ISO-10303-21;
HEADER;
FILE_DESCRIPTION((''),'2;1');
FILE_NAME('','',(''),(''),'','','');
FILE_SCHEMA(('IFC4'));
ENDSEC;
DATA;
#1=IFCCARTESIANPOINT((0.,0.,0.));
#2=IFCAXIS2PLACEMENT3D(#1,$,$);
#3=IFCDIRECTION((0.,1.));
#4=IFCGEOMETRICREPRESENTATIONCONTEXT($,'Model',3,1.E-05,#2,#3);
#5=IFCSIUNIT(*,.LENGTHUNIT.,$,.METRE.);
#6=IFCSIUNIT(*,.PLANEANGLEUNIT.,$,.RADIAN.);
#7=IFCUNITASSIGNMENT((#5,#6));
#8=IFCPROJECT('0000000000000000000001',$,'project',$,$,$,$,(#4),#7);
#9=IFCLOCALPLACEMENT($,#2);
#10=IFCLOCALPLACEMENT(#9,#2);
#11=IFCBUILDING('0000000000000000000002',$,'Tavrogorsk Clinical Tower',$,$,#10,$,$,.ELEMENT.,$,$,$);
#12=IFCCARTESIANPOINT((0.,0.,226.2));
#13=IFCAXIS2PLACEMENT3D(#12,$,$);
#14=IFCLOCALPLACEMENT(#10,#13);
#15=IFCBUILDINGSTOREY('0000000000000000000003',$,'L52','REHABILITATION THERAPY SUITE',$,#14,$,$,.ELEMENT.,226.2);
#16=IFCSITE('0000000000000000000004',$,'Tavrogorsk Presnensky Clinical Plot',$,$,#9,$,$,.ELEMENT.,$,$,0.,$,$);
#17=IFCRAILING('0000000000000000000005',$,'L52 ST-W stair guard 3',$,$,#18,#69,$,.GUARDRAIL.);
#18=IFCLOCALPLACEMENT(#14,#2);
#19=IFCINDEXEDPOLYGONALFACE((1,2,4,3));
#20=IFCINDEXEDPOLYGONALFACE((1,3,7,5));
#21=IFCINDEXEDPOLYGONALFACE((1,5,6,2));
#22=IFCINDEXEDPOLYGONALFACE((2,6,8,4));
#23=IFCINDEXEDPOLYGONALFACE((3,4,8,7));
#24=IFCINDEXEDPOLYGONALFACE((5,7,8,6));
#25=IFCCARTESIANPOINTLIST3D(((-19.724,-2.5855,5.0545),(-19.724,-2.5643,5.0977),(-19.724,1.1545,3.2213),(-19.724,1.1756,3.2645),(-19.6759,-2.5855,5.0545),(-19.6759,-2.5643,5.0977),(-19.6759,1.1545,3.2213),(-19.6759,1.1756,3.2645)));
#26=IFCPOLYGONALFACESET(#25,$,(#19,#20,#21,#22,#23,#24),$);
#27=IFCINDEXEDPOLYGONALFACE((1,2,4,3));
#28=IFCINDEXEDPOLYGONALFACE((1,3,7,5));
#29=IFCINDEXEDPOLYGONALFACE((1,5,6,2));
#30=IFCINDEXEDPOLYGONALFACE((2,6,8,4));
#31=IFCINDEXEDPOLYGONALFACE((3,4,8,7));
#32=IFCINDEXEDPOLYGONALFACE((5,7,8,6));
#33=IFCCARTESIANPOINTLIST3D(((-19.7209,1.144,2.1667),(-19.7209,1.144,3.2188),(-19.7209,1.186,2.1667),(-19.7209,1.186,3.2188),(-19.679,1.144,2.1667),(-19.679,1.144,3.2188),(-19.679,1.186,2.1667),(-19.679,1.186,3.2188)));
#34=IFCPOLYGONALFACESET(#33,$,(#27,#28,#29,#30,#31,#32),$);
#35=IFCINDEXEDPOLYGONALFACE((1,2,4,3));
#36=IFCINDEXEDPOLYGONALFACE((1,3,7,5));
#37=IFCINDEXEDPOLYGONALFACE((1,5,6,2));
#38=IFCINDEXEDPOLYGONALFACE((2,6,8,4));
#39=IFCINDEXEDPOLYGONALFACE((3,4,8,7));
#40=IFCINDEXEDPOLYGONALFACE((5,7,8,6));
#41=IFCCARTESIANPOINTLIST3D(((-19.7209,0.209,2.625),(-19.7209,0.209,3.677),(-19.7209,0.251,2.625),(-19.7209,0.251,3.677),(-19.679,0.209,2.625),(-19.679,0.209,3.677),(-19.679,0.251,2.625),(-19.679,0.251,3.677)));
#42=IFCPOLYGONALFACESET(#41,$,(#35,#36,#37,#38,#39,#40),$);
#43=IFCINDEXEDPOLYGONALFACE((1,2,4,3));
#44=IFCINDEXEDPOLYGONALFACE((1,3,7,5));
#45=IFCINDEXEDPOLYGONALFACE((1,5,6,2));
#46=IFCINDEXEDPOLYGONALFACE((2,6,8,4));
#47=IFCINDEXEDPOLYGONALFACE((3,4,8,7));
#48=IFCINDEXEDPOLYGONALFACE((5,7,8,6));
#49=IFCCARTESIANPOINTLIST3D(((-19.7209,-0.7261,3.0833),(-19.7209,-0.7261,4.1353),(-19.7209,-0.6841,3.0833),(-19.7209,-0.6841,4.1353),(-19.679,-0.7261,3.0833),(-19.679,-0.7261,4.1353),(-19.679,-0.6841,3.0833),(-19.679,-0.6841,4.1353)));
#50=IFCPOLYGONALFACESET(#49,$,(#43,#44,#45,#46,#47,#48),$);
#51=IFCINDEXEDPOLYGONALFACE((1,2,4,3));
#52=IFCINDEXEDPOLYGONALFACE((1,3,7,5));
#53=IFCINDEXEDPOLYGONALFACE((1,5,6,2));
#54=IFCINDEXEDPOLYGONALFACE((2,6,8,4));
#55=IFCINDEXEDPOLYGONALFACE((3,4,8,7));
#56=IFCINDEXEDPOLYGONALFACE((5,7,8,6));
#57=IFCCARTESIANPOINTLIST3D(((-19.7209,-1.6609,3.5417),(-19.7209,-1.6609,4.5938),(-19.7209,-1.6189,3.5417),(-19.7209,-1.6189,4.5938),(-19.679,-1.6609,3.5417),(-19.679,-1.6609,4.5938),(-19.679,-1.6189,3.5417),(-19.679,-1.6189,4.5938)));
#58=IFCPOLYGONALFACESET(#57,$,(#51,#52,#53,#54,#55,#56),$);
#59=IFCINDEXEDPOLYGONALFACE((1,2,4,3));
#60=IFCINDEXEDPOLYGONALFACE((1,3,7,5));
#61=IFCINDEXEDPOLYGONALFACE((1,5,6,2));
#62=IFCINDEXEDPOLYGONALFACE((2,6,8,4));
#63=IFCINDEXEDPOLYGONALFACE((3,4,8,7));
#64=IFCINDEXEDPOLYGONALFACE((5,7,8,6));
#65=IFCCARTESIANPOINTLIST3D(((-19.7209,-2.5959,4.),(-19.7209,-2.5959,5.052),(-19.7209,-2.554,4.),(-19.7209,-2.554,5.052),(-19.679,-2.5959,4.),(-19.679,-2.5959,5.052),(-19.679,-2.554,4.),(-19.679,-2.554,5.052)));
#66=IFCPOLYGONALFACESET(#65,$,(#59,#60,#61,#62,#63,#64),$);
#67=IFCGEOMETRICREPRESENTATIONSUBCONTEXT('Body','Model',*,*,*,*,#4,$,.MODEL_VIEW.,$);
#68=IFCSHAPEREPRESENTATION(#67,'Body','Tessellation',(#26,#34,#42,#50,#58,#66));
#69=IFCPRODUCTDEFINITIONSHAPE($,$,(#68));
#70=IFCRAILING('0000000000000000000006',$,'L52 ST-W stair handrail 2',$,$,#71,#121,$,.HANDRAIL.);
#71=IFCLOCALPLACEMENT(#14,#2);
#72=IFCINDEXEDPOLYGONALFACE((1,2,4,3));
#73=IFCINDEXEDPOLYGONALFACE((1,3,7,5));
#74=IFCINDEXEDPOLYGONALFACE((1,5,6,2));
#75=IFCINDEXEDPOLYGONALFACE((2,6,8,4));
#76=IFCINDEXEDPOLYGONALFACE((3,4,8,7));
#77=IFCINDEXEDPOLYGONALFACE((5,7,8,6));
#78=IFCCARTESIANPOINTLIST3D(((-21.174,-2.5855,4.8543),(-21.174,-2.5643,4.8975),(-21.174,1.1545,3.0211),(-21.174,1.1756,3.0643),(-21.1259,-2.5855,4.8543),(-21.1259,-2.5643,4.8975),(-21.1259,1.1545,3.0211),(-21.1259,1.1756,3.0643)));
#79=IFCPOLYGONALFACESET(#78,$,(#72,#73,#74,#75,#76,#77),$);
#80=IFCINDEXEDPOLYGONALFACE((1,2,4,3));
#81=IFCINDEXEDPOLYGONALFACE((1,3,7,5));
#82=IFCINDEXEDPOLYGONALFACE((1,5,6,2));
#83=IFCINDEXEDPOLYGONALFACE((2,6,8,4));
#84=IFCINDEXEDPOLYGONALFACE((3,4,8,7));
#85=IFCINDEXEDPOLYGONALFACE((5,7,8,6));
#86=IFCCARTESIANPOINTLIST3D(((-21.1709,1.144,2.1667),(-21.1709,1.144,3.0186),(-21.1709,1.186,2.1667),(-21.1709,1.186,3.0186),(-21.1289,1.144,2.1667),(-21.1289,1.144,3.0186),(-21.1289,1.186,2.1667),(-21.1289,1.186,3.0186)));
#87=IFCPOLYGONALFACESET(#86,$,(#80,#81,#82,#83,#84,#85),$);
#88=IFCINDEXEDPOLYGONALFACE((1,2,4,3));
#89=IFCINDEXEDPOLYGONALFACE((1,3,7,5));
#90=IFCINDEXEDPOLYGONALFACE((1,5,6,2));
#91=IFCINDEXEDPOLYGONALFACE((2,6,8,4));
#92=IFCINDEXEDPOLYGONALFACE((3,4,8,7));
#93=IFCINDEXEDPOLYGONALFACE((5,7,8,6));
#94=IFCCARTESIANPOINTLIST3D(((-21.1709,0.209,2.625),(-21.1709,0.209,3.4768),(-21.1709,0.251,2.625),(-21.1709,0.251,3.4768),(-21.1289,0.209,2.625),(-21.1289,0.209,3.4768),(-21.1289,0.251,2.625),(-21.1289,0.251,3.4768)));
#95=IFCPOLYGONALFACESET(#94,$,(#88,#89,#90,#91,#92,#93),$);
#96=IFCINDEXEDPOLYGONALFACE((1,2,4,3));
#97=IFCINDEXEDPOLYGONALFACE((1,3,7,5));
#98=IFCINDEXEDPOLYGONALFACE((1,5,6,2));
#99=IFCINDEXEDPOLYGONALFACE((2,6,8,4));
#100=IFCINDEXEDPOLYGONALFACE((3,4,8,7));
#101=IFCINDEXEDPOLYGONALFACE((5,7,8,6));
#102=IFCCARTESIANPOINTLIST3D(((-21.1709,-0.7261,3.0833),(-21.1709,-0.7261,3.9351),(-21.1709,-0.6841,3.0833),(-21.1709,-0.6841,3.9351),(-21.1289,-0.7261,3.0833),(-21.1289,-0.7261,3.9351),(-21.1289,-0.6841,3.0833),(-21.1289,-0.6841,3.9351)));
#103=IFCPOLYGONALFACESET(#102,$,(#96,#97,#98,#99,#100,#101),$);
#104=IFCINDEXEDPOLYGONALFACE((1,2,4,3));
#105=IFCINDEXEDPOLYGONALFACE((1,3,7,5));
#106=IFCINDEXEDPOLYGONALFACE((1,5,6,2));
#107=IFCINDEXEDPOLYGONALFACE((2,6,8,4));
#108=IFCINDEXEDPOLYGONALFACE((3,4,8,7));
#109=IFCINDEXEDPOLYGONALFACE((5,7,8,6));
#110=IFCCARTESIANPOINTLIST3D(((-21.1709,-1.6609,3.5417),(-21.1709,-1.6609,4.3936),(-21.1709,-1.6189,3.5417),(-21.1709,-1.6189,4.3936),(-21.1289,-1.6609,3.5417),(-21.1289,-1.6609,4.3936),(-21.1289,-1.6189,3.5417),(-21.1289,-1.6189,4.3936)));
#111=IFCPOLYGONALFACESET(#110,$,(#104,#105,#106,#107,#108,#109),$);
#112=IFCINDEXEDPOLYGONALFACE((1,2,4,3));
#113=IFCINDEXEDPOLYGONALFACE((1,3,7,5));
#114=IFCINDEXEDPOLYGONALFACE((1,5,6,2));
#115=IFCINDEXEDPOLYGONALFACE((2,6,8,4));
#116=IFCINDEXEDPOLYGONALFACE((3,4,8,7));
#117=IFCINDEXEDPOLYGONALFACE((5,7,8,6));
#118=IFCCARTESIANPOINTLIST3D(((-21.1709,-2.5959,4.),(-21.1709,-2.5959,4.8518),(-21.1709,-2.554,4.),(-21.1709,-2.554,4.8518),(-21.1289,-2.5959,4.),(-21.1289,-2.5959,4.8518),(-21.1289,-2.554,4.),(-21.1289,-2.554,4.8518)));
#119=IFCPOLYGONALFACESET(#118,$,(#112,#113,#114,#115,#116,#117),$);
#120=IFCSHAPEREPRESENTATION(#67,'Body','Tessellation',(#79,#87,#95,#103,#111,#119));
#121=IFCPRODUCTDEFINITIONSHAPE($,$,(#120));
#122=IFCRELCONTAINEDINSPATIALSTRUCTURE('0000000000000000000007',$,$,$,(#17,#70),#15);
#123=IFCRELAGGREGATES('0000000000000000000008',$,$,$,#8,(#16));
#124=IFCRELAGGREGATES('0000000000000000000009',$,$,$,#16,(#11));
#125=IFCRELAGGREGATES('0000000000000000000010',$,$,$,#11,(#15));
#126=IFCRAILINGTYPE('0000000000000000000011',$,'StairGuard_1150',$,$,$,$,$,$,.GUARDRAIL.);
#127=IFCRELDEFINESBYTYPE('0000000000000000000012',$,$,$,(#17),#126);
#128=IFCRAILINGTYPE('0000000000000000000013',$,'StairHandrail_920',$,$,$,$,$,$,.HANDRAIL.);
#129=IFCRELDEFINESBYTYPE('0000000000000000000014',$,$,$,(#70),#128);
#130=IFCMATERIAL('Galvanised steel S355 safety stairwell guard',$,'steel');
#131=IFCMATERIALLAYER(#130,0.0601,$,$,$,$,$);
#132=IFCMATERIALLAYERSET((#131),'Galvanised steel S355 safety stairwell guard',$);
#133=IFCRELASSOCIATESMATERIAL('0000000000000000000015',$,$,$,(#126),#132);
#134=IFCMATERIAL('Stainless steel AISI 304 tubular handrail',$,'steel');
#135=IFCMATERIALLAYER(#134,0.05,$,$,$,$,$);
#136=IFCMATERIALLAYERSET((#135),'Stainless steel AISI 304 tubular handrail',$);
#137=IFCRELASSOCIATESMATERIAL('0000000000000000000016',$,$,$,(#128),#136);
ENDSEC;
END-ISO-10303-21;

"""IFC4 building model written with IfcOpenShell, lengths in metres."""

from ifc_helpers import new_model, si_unit, direction, frame, origin, origin_2d, place, context, subcontext, project, spatial, rectangle, extrude, material, layer, layer_set, type_object, element, save


model = new_model("IFC4")

# Units and contexts
model_context = context("Model", 3, precision=1e-05, world=origin(), true_north=direction((0.0, 1.0)))
body_context = subcontext(model_context, "Body", "Model", "MODEL_VIEW")
ifc_project = project(units=[si_unit("LENGTHUNIT", "METRE"), si_unit("PLANEANGLEUNIT", "RADIAN")], contexts=[model_context])

# Site, building, storey
site_placement = place(None, origin())
site = spatial("IfcSite", under=ifc_project, at=site_placement, Name="Tavrogorsk Presnensky Clinical Plot", CompositionType="ELEMENT", RefElevation=0.0)
building_placement = place(site_placement, origin())
building = spatial("IfcBuilding", under=site, at=building_placement, Name="Tavrogorsk Clinical Tower", CompositionType="ELEMENT")
storey_placement = place(building_placement, frame((0.0, 0.0, 226.2)))
storey = spatial("IfcBuildingStorey", under=building, at=storey_placement, Name="L52", Description="REHABILITATION THERAPY SUITE", CompositionType="ELEMENT", Elevation=226.2)

# Railings
ifc_material_1 = material(Name="Galvanised steel S355 safety stairwell guard", Category="steel")
ifc_layer_1 = layer(ifc_material_1, 0.0601)
ifc_layer_set_1 = layer_set([ifc_layer_1], Name="Galvanised steel S355 safety stairwell guard")
railing_type_1 = type_object("IfcRailingType", Name="StairGuard_1150", PredefinedType="GUARDRAIL", material=ifc_layer_set_1)
railing_1_placement = place(storey_placement, frame((-19.7, 1.165, 2.1667)))
element("IfcRailing", 1, at=railing_1_placement, inside=storey, type_object=railing_type_1, Name="L52 ST-W stair guard 3", PredefinedType="GUARDRAIL", context=body_context, shape_type="SweptSolid", body=[
    extrude(rectangle(XDim=0.0481, YDim=0.0481, at=origin_2d()), frame((0.0, 0.0, 1.0762), z_axis=(0.0, -0.897928, 0.440142), x_axis=(1.0, 0.0, 0.0)), (0.0, 0.0, 1.0), 4.165),
    extrude(rectangle(XDim=0.042, YDim=0.042, at=origin_2d()), origin(), (0.0, 0.0, 1.0), 1.052),
    extrude(rectangle(XDim=0.042, YDim=0.042, at=origin_2d()), frame((0.0, -0.9351, 0.4583)), (0.0, 0.0, 1.0), 1.052),
    extrude(rectangle(XDim=0.042, YDim=0.042, at=origin_2d()), frame((0.0, -1.8701, 0.9165)), (0.0, 0.0, 1.0), 1.052),
    extrude(rectangle(XDim=0.042, YDim=0.042, at=origin_2d()), frame((0.0, -2.8049, 1.375)), (0.0, 0.0, 1.0), 1.052),
    extrude(rectangle(XDim=0.042, YDim=0.042, at=origin_2d()), frame((0.0, -3.74, 1.8333)), (0.0, 0.0, 1.0), 1.052),
])
ifc_material_2 = material(Name="Stainless steel AISI 304 tubular handrail", Category="steel")
ifc_layer_2 = layer(ifc_material_2, 0.05)
ifc_layer_set_2 = layer_set([ifc_layer_2], Name="Stainless steel AISI 304 tubular handrail")
railing_type_2 = type_object("IfcRailingType", Name="StairHandrail_920", PredefinedType="HANDRAIL", material=ifc_layer_set_2)
railing_2_placement = place(storey_placement, frame((-21.1499, 1.165, 2.1667)))
element("IfcRailing", 2, at=railing_2_placement, inside=storey, type_object=railing_type_2, Name="L52 ST-W stair handrail 2", PredefinedType="HANDRAIL", context=body_context, shape_type="SweptSolid", body=[
    extrude(rectangle(XDim=0.0481, YDim=0.0481, at=origin_2d()), frame((0.0, 0.0, 0.876), z_axis=(0.0, -0.897928, 0.440142), x_axis=(1.0, 0.0, 0.0)), (0.0, 0.0, 1.0), 4.165),
    extrude(rectangle(XDim=0.042, YDim=0.042, at=origin_2d()), origin(), (0.0, 0.0, 1.0), 0.8518),
    extrude(rectangle(XDim=0.042, YDim=0.042, at=origin_2d()), frame((0.0, -0.9351, 0.4583)), (0.0, 0.0, 1.0), 0.8518),
    extrude(rectangle(XDim=0.042, YDim=0.042, at=origin_2d()), frame((0.0, -1.8701, 0.9165)), (0.0, 0.0, 1.0), 0.8518),
    extrude(rectangle(XDim=0.042, YDim=0.042, at=origin_2d()), frame((0.0, -2.8049, 1.375)), (0.0, 0.0, 1.0), 0.8518),
    extrude(rectangle(XDim=0.042, YDim=0.042, at=origin_2d()), frame((0.0, -3.74, 1.8333)), (0.0, 0.0, 1.0), 0.8518),
])

save(model, "model.ifc")
